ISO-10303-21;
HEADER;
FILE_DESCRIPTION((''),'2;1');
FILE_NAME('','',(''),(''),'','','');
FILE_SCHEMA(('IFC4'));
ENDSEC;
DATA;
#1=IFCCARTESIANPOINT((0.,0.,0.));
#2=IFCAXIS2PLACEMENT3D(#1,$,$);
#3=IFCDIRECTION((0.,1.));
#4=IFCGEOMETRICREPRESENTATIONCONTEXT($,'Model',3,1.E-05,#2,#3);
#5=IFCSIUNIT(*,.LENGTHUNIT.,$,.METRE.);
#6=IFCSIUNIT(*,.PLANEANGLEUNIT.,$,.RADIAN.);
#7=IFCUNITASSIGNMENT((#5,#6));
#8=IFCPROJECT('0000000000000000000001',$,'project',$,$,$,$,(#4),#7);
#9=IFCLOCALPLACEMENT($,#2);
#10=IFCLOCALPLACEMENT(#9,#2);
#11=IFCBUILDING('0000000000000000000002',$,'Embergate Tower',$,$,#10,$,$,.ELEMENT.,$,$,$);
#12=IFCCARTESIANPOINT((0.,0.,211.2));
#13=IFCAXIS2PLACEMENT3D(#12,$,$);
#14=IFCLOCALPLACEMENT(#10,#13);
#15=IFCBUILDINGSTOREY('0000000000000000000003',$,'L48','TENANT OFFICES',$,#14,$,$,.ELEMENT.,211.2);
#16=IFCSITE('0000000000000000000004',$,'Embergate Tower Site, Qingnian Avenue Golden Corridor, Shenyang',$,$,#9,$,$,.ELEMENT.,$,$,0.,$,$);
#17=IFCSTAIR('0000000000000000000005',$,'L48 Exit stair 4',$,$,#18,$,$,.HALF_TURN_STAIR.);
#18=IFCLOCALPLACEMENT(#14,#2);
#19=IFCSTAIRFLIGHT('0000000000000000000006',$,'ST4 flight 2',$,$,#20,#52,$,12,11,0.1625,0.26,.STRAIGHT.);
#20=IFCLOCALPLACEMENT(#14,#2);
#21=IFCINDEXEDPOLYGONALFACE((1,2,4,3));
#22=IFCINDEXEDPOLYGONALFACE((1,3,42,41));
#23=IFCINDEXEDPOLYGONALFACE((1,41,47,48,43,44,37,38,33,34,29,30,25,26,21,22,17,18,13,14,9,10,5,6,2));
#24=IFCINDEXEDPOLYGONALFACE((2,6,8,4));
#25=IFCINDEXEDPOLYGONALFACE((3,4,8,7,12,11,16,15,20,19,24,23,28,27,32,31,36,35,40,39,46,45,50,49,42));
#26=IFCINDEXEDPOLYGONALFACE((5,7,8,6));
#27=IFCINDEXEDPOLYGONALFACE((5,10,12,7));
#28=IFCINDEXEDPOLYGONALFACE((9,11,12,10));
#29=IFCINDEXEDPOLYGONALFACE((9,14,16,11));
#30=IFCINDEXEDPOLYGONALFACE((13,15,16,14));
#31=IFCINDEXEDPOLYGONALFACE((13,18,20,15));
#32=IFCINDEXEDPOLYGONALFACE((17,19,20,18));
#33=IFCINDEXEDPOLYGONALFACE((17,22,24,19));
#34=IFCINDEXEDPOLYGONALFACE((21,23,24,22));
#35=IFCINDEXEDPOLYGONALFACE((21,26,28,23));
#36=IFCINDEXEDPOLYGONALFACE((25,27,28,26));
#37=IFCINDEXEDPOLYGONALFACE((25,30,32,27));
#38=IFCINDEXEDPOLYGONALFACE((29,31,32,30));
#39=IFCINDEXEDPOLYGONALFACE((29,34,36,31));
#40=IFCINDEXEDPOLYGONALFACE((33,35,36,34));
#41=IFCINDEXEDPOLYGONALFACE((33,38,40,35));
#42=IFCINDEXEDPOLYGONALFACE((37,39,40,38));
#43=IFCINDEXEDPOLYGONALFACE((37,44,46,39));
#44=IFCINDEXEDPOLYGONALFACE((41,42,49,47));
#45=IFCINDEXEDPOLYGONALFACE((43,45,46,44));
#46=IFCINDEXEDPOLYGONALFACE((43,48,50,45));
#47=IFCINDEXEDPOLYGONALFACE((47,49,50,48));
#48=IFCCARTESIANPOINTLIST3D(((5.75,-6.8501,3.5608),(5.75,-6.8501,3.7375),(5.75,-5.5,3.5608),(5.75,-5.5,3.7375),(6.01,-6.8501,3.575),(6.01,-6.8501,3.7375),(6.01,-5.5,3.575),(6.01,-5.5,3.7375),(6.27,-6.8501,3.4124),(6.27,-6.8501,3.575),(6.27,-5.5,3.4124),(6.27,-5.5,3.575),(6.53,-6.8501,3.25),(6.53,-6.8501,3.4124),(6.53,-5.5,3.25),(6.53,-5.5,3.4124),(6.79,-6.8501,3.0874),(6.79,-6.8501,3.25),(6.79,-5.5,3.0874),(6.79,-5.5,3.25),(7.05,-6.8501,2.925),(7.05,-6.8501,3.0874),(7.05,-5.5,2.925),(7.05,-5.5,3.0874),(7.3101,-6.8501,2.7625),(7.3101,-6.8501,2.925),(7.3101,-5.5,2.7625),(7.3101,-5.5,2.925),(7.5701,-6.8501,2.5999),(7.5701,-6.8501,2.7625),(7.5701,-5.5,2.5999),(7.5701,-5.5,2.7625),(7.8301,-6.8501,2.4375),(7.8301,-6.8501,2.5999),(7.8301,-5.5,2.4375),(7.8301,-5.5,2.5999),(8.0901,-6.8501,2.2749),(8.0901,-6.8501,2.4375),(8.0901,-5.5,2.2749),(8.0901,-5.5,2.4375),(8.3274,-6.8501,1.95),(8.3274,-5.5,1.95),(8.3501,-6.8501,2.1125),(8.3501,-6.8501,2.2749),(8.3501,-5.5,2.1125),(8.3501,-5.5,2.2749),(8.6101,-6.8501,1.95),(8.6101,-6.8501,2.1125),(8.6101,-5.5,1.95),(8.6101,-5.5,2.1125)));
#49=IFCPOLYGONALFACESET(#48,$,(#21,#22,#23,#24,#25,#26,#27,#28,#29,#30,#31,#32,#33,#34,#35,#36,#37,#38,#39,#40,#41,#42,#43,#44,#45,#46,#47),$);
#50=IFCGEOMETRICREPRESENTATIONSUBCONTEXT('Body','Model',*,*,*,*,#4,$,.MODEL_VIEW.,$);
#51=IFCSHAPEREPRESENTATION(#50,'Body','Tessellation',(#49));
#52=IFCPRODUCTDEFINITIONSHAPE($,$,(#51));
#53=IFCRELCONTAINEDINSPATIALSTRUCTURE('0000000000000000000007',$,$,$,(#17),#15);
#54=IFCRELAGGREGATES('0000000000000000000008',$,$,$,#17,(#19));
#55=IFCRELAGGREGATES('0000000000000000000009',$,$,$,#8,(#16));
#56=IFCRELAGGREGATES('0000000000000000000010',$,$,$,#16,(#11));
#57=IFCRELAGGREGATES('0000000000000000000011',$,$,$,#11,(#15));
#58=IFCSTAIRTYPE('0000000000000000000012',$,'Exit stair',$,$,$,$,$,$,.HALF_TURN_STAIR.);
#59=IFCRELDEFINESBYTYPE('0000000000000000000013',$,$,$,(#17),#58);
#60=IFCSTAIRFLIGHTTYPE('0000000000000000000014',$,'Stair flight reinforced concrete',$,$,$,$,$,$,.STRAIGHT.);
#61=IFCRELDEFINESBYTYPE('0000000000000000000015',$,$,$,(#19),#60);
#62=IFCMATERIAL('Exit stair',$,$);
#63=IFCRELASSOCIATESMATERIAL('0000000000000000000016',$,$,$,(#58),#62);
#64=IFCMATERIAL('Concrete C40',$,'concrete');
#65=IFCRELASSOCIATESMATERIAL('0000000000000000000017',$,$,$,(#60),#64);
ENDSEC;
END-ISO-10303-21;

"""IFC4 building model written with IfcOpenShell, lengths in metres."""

from ifc_helpers import new_model, si_unit, direction, frame, origin, place, context, subcontext, project, spatial, polyline, outline, extrude, source, transform, mapped, material, type_object, element, aggregate, save


model = new_model("IFC4")

# Units and contexts
model_context = context("Model", 3, precision=1e-05, world=origin(), true_north=direction((0.0, 1.0)))
body_context = subcontext(model_context, "Body", "Model", "MODEL_VIEW")
ifc_project = project(units=[si_unit("LENGTHUNIT", "METRE"), si_unit("PLANEANGLEUNIT", "RADIAN")], contexts=[model_context])

# Site, building, storey
site_placement = place(None, origin())
site = spatial("IfcSite", under=ifc_project, at=site_placement, Name="Embergate Tower Site, Qingnian Avenue Golden Corridor, Shenyang", CompositionType="ELEMENT", RefElevation=0.0)
building_placement = place(site_placement, origin())
building = spatial("IfcBuilding", under=site, at=building_placement, Name="Embergate Tower", CompositionType="ELEMENT")
storey_placement = place(building_placement, frame((0.0, 0.0, 211.2)))
storey = spatial("IfcBuildingStorey", under=building, at=storey_placement, Name="L48", Description="TENANT OFFICES", CompositionType="ELEMENT", Elevation=211.2)

# Stair
ifc_material_1 = material(Name="Exit stair")
stair_type = type_object("IfcStairType", Name="Exit stair", PredefinedType="HALF_TURN_STAIR", material=ifc_material_1)
stair_placement = place(storey_placement, origin())
stair = element("IfcStair", 1, at=stair_placement, inside=storey, type_object=stair_type, Name="L48 Exit stair 4", PredefinedType="HALF_TURN_STAIR")
ifc_material_2 = material(Name="Concrete C40", Category="concrete")

# Stair flight
stair_flight_type = type_object("IfcStairFlightType", Name="Stair flight reinforced concrete", PredefinedType="STRAIGHT", material=ifc_material_2)
shared_shape_1 = source(origin(), body_context, "Body", "SweptSolid", [
    extrude(outline(polyline([(0.0, 0.0), (0.0, 0.1626), (0.26, 0.1626), (0.26, 0.325), (0.52, 0.325), (0.52, 0.4875), (0.78, 0.4875), (0.78, 0.6499), (1.04, 0.6499), (1.04, 0.8125), (1.3, 0.8125), (1.3, 0.9751), (1.5601, 0.9751), (1.5601, 1.1375), (1.8201, 1.1375), (1.8201, 1.3), (2.0801, 1.3), (2.0801, 1.4624), (2.3401, 1.4624), (2.3401, 1.625), (2.6001, 1.625), (2.6001, 1.7876), (2.8601, 1.7876), (2.8601, 1.95), (2.8601, 1.6108), (0.2827, 0.0), (0.0, 0.0)])), frame((0.0, 0.675, 0.0), z_axis=(0.0, -1.0, 0.0), x_axis=(1.0, 0.0, 0.0)), (0.0, 0.0, 1.0), 1.3501),
])
stair_flight_placement = place(storey_placement, frame((8.6101, -6.175, 1.95), z_axis=(0.0, 0.0, 1.0), x_axis=(-1.0, 0.0, 0.0)))
stair_flight = element("IfcStairFlight", 2, at=stair_flight_placement, type_object=stair_flight_type, Name="ST4 flight 2", NumberOfRisers=12, NumberOfTreads=11, PredefinedType="STRAIGHT", RiserHeight=0.1625, TreadLength=0.26, context=body_context, shape_type="MappedRepresentation", body=[
    mapped(shared_shape_1, transform((0.0, 0.0, 0.0))),
])
aggregate(stair, [stair_flight])

save(model, "model.ifc")
